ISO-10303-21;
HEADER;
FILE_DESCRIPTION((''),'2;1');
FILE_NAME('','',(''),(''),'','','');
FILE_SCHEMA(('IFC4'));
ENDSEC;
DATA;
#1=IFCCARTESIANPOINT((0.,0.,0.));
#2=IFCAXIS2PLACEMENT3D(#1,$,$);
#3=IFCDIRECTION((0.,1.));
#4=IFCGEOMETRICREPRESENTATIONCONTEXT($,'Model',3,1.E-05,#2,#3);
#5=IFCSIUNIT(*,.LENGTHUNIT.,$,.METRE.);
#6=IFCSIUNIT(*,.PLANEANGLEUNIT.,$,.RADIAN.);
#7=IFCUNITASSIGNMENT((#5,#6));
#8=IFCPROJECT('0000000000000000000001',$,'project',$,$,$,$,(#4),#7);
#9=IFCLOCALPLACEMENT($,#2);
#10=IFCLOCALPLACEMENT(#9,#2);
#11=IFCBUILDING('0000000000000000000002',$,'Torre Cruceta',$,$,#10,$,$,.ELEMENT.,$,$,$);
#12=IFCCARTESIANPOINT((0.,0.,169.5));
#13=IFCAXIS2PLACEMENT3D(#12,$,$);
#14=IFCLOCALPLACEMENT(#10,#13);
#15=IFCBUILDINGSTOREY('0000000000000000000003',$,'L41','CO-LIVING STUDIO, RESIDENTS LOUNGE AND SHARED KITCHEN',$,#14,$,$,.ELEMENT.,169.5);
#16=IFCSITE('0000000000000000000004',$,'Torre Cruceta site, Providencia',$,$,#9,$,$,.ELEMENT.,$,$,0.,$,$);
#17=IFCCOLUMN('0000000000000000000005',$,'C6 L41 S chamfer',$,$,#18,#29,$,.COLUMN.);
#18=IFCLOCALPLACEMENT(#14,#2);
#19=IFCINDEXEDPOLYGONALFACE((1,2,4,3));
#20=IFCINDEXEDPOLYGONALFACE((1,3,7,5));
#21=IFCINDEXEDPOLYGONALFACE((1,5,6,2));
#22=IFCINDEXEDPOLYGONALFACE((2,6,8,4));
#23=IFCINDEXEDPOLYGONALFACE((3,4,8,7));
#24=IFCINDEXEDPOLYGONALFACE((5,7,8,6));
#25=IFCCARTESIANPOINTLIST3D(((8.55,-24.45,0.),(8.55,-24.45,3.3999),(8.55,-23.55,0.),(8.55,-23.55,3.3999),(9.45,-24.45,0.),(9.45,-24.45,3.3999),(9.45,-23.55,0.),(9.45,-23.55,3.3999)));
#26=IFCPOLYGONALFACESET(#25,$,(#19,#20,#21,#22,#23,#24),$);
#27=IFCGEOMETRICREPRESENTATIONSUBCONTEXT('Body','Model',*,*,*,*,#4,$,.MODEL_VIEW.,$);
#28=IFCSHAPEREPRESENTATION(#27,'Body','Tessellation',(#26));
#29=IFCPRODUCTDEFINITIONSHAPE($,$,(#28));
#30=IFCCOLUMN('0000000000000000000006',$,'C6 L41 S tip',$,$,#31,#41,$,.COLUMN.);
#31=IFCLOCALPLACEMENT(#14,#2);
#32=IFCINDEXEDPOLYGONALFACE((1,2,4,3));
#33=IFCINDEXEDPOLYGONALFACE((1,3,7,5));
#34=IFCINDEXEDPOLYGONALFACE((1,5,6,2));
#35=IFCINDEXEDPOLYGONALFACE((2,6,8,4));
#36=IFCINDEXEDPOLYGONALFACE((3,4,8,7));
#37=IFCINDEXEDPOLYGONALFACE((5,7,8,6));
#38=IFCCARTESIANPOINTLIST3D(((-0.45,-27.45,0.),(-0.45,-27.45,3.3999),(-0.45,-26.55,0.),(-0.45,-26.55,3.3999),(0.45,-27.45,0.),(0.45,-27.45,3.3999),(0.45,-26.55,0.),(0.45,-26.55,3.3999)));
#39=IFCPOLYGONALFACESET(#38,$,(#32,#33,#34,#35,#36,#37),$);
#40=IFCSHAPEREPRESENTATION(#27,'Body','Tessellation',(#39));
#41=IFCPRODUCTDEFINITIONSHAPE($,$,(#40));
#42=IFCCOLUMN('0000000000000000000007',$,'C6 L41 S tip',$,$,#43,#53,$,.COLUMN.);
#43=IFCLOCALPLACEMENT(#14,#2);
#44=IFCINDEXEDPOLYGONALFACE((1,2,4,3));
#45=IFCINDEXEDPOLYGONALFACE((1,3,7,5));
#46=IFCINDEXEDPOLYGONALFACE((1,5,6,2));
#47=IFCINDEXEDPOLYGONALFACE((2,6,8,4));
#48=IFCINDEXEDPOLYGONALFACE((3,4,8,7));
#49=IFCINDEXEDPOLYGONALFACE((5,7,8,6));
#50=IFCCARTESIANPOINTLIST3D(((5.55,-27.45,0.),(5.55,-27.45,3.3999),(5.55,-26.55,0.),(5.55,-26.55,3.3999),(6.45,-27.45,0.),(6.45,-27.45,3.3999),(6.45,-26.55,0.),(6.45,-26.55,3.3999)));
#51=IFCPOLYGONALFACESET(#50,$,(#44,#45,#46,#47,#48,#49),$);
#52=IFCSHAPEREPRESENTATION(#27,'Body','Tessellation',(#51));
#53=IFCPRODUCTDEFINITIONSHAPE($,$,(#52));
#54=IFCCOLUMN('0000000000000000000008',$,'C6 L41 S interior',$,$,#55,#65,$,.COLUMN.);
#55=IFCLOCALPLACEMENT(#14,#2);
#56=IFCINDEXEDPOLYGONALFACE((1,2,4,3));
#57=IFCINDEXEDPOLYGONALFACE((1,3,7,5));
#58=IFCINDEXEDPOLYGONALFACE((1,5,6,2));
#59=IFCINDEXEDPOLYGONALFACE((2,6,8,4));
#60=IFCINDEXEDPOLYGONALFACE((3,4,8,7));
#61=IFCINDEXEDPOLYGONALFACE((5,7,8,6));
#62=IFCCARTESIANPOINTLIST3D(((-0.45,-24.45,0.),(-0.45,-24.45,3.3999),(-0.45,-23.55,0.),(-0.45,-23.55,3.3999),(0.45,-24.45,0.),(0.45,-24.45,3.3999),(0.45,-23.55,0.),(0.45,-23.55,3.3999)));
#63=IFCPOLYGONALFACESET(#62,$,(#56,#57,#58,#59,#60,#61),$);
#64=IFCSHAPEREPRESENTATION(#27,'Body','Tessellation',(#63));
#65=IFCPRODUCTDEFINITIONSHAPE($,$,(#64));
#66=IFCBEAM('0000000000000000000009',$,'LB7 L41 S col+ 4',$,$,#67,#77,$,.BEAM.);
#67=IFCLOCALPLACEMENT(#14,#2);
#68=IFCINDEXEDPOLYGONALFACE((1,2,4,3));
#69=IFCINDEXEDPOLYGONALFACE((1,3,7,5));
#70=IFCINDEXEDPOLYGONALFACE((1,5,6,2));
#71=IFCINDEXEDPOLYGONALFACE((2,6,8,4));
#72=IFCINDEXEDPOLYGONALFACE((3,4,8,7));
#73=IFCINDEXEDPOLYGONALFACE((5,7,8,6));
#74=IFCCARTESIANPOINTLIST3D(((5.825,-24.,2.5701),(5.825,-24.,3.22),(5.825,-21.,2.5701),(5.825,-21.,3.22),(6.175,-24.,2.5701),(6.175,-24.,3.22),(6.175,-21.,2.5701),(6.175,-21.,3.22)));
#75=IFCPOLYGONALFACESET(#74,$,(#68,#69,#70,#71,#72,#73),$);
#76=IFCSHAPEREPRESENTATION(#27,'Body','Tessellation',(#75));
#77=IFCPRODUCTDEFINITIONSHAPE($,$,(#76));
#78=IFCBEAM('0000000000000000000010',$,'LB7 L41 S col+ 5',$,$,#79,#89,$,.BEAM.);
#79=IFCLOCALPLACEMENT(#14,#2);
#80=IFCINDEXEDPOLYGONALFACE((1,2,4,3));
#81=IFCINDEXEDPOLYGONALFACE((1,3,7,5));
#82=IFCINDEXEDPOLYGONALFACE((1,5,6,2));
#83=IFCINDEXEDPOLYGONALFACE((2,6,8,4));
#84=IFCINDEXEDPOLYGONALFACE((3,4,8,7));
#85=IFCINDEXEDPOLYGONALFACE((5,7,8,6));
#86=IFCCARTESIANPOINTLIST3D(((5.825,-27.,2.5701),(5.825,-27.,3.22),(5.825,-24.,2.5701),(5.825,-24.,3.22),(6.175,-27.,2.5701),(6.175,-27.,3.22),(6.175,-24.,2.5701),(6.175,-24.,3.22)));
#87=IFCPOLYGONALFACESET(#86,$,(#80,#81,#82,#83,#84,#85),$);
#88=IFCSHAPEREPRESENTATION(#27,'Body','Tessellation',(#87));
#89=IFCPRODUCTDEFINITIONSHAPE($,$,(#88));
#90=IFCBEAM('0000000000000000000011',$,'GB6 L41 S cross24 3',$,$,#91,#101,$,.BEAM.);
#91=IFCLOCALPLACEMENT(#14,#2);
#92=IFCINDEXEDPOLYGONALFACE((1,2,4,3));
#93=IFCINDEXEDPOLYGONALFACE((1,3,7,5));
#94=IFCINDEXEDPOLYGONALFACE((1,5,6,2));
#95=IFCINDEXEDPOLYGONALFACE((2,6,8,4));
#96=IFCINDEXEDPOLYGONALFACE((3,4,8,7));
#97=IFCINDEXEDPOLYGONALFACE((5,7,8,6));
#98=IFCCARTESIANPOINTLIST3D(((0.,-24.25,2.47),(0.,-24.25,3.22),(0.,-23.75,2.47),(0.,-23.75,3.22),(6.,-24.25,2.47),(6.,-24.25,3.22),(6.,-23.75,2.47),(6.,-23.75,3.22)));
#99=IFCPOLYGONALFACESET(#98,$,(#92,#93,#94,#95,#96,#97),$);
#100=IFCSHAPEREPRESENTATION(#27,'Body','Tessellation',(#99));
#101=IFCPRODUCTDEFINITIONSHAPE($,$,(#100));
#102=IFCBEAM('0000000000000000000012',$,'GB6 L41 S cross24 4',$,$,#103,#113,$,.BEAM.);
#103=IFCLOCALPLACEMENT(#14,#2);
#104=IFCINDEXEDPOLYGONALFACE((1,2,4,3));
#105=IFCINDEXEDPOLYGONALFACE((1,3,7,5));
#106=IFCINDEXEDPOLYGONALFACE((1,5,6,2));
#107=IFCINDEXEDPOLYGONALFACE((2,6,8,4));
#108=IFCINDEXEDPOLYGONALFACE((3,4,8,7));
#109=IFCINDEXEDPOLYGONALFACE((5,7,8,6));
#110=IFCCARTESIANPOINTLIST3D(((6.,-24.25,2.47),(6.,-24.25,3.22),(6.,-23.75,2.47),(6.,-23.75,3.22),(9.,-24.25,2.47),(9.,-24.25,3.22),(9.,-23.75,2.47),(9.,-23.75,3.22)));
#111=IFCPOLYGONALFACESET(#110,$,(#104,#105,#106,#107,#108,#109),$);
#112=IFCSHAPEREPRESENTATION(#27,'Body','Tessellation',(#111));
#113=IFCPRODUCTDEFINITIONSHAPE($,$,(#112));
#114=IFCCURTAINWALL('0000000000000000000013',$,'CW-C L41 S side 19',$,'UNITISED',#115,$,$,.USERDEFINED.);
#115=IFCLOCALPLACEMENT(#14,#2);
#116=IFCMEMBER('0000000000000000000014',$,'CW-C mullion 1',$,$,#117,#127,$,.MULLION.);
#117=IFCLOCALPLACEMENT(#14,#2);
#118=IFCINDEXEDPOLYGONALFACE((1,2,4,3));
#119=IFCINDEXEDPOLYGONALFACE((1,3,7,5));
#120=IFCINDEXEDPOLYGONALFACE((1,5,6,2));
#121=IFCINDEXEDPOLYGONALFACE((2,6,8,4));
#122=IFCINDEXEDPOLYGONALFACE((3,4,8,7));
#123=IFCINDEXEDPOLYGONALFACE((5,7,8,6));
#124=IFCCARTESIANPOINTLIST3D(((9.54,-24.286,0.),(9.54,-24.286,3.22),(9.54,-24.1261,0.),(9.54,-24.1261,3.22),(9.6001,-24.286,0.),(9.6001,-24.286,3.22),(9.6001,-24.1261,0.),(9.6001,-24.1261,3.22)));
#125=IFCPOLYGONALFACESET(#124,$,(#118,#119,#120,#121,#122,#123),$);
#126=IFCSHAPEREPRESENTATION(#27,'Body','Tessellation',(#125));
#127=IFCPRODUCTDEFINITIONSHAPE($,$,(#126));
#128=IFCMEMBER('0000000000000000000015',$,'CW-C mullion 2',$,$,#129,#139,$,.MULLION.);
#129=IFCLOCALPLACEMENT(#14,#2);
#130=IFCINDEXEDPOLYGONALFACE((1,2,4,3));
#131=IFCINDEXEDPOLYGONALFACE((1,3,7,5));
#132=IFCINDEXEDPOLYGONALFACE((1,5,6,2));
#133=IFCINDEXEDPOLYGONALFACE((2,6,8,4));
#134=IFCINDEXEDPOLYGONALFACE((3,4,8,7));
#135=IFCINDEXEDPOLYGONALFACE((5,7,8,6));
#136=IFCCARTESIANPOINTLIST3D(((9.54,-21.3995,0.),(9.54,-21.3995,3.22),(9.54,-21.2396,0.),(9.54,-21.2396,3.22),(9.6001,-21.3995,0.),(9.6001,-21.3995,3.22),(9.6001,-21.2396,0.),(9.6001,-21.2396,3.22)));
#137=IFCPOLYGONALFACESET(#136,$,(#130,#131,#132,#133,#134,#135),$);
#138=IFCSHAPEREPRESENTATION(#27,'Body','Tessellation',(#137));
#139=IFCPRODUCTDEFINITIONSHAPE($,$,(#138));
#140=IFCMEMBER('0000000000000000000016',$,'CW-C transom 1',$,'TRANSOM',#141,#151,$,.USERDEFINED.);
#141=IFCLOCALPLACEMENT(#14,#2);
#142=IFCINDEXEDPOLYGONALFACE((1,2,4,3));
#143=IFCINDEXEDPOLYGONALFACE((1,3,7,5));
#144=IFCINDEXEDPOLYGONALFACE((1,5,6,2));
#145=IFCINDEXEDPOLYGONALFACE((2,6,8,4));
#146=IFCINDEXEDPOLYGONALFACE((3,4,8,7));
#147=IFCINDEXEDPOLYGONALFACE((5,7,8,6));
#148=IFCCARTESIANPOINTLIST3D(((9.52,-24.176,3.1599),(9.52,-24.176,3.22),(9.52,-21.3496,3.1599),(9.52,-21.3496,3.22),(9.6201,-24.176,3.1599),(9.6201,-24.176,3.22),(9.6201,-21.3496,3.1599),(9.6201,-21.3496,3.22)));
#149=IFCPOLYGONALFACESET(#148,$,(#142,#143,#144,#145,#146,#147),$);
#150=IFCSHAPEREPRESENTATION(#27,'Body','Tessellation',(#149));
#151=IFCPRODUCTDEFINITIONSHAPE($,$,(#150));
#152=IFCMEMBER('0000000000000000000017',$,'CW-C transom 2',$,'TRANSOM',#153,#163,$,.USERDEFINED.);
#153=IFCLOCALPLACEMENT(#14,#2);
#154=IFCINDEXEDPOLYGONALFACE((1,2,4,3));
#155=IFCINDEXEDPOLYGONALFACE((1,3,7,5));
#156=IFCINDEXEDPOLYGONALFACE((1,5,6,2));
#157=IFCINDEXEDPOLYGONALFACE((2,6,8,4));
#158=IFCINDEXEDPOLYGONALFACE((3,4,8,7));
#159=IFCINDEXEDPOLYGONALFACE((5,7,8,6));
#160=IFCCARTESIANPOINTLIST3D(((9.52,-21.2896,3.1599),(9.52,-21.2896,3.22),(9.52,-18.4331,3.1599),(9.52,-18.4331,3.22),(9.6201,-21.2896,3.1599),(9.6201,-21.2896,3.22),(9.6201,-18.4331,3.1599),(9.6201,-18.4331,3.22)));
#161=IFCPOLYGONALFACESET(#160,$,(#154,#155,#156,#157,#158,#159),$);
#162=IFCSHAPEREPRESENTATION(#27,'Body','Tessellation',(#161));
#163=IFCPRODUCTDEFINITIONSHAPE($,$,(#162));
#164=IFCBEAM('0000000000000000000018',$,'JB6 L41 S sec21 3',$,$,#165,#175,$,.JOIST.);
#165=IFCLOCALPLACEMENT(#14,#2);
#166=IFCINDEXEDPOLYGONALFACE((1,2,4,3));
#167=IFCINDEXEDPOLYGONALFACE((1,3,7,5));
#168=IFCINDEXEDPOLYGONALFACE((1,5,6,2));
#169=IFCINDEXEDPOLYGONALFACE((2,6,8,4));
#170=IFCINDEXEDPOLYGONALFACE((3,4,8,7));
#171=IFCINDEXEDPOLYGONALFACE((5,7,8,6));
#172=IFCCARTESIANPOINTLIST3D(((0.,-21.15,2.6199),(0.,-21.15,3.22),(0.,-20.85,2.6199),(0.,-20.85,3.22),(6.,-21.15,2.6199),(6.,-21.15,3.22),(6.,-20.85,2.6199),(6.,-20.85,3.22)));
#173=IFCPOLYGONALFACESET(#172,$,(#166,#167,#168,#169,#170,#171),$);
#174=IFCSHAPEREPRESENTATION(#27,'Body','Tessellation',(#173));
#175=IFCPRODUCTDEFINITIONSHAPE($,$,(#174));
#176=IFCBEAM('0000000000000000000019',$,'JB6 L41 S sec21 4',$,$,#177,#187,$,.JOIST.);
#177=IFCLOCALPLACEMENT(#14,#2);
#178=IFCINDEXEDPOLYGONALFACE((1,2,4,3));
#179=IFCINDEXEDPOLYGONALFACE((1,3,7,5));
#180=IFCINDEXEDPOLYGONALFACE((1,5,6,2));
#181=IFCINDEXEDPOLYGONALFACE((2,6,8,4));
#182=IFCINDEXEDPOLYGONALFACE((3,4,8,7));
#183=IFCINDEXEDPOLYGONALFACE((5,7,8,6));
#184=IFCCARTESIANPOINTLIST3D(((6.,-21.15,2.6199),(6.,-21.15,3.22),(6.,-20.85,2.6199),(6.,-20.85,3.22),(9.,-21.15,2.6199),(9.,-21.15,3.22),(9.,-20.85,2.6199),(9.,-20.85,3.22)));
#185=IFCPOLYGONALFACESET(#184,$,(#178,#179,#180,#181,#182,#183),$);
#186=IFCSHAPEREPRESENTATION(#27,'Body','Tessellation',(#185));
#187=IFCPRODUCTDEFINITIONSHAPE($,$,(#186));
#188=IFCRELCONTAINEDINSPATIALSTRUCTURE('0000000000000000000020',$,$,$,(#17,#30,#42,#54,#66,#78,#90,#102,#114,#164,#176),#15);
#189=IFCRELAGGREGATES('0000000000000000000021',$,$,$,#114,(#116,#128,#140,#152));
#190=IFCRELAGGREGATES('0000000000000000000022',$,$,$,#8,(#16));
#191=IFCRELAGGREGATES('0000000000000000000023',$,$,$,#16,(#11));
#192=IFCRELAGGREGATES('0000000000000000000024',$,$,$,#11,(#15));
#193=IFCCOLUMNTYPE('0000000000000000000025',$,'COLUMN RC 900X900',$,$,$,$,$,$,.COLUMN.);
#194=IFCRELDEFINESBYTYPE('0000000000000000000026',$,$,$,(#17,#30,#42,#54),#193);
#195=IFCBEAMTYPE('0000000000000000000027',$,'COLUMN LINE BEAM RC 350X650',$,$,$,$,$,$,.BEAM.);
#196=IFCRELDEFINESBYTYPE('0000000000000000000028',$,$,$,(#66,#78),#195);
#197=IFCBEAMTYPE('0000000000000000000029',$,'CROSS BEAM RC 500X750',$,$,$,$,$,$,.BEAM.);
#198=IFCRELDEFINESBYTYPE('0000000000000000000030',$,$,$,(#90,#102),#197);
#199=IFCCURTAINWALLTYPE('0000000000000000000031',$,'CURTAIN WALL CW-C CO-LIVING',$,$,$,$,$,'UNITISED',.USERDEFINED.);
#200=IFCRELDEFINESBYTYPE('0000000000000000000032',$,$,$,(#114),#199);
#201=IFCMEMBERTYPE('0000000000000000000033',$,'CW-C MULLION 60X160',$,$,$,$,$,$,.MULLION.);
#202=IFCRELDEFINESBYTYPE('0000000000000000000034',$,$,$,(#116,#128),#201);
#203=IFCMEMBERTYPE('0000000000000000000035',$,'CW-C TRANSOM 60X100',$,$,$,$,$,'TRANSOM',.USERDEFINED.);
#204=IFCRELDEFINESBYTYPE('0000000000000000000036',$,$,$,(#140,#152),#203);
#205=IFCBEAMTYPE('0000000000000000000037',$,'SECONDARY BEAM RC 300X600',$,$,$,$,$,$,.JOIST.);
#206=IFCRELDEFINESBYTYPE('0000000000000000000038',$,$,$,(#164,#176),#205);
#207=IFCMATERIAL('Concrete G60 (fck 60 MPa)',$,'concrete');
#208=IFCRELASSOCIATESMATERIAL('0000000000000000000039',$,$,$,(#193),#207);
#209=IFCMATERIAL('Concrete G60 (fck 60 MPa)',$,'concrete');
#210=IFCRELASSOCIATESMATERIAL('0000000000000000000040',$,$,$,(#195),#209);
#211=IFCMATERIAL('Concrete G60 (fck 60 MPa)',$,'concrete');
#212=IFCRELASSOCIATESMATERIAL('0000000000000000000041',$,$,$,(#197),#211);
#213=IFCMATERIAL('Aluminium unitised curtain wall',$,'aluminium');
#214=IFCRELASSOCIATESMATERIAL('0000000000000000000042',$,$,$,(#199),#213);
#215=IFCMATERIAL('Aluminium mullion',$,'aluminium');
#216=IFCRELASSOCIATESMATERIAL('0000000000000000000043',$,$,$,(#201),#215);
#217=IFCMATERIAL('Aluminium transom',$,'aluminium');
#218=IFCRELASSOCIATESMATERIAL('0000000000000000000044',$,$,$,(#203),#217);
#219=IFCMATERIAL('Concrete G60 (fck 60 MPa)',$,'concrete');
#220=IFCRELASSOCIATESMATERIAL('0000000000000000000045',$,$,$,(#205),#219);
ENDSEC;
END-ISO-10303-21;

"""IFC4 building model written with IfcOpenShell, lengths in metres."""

from ifc_helpers import new_model, si_unit, direction, frame, origin, origin_2d, place, context, subcontext, project, spatial, rectangle, extrude, material, material_profile, profile_set, type_object, element, aggregate, save


model = new_model("IFC4")

# Units and contexts
model_context = context("Model", 3, precision=1e-05, world=origin(), true_north=direction((0.0, 1.0)))
body_context = subcontext(model_context, "Body", "Model", "MODEL_VIEW")
ifc_project = project(units=[si_unit("LENGTHUNIT", "METRE"), si_unit("PLANEANGLEUNIT", "RADIAN")], contexts=[model_context])

# Site, building, storey
site_placement = place(None, origin())
site = spatial("IfcSite", under=ifc_project, at=site_placement, Name="Torre Cruceta site, Providencia", CompositionType="ELEMENT", RefElevation=0.0)
building_placement = place(site_placement, origin())
building = spatial("IfcBuilding", under=site, at=building_placement, Name="Torre Cruceta", CompositionType="ELEMENT")
storey_placement = place(building_placement, frame((0.0, 0.0, 169.5)))
storey = spatial("IfcBuildingStorey", under=building, at=storey_placement, Name="L41", Description="CO-LIVING STUDIO, RESIDENTS LOUNGE AND SHARED KITCHEN", CompositionType="ELEMENT", Elevation=169.5)

# Columns
ifc_material_1 = material(Name="Concrete G60 (fck 60 MPa)", Category="concrete")
ifc_material_profile_1 = material_profile(ifc_material_1, rectangle(XDim=0.8999, YDim=0.8999, at=origin_2d()), Name="RC 900X900")
ifc_profile_set_1 = profile_set([ifc_material_profile_1], Name="Concrete G60 (fck 60 MPa)")
column_type = type_object("IfcColumnType", Name="COLUMN RC 900X900", PredefinedType="COLUMN", material=ifc_profile_set_1)
for number, where, z_axis, x_axis, name in (
    (1, (9.0, -24.0, 0.0), (0.0, 0.0, 1.0), (1.0, 0.0, 0.0), "C6 L41 S chamfer"),
    (2, (0.0, -27.0, 0.0), (0.0, 0.0, 1.0), (1.0, 0.0, 0.0), "C6 L41 S tip"),
    (3, (6.0, -27.0, 0.0), (0.0, 0.0, 1.0), (1.0, 0.0, 0.0), "C6 L41 S tip"),
    (4, (0.0, -24.0, 0.0), (0.0, 0.0, 1.0), (1.0, 0.0, 0.0), "C6 L41 S interior"),
):
    element("IfcColumn", number, at=place(storey_placement, frame(where, z_axis=z_axis, x_axis=x_axis)), inside=storey, type_object=column_type, Name=name, PredefinedType="COLUMN", context=body_context, shape_type="SweptSolid", body=[
        extrude(rectangle(XDim=0.8999, YDim=0.8999, at=origin_2d()), origin(), (0.0, 0.0, 1.0), 3.3999),
    ])

# Beams
ifc_material_2 = material(Name="Concrete G60 (fck 60 MPa)", Category="concrete")
ifc_material_profile_2 = material_profile(ifc_material_2, rectangle(XDim=0.3501, YDim=0.6499, at=origin_2d()), Name="RC 350X650")
ifc_profile_set_2 = profile_set([ifc_material_profile_2], Name="Concrete G60 (fck 60 MPa)")
beam_type_1 = type_object("IfcBeamType", Name="COLUMN LINE BEAM RC 350X650", PredefinedType="BEAM", material=ifc_profile_set_2)
for number, where, z_axis, x_axis, name in (
    (5, (6.0, -21.0, 2.895), (0.0, -1.0, 0.0), (1.0, 0.0, 0.0), "LB7 L41 S col+ 4"),
    (6, (6.0, -24.0, 2.895), (0.0, -1.0, 0.0), (1.0, 0.0, 0.0), "LB7 L41 S col+ 5"),
):
    element("IfcBeam", number, at=place(storey_placement, frame(where, z_axis=z_axis, x_axis=x_axis)), inside=storey, type_object=beam_type_1, Name=name, PredefinedType="BEAM", context=body_context, shape_type="SweptSolid", body=[
        extrude(rectangle(XDim=0.3501, YDim=0.6499, at=origin_2d()), origin(), (0.0, 0.0, 1.0), 3.0),
    ])
ifc_material_3 = material(Name="Concrete G60 (fck 60 MPa)", Category="concrete")
ifc_material_profile_3 = material_profile(ifc_material_3, rectangle(XDim=0.5, YDim=0.75, at=origin_2d()), Name="RC 500X750")
ifc_profile_set_3 = profile_set([ifc_material_profile_3], Name="Concrete G60 (fck 60 MPa)")
beam_type_2 = type_object("IfcBeamType", Name="CROSS BEAM RC 500X750", PredefinedType="BEAM", material=ifc_profile_set_3)
beam_1_placement = place(storey_placement, frame((0.0, -24.0, 2.845), z_axis=(1.0, 0.0, 0.0), x_axis=(0.0, 1.0, 0.0)))
element("IfcBeam", 7, at=beam_1_placement, inside=storey, type_object=beam_type_2, Name="GB6 L41 S cross24 3", PredefinedType="BEAM", context=body_context, shape_type="SweptSolid", body=[
    extrude(rectangle(XDim=0.5, YDim=0.75, at=origin_2d()), origin(), (0.0, 0.0, 1.0), 6.0),
])
beam_2_placement = place(storey_placement, frame((6.0, -24.0, 2.845), z_axis=(1.0, 0.0, 0.0), x_axis=(0.0, 1.0, 0.0)))
element("IfcBeam", 8, at=beam_2_placement, inside=storey, type_object=beam_type_2, Name="GB6 L41 S cross24 4", PredefinedType="BEAM", context=body_context, shape_type="SweptSolid", body=[
    extrude(rectangle(XDim=0.5, YDim=0.75, at=origin_2d()), origin(), (0.0, 0.0, 1.0), 3.0),
])

# Curtain wall, members
ifc_material_4 = material(Name="Aluminium unitised curtain wall", Category="aluminium")
curtain_wall_type = type_object("IfcCurtainWallType", Name="CURTAIN WALL CW-C CO-LIVING", ElementType="UNITISED", PredefinedType="USERDEFINED", material=ifc_material_4)
curtain_wall_placement = place(storey_placement, origin())
curtain_wall = element("IfcCurtainWall", 9, at=curtain_wall_placement, inside=storey, type_object=curtain_wall_type, Name="CW-C L41 S side 19", ObjectType="UNITISED", PredefinedType="USERDEFINED")
ifc_material_5 = material(Name="Aluminium mullion", Category="aluminium")
ifc_material_profile_4 = material_profile(ifc_material_5, rectangle(XDim=0.0601, YDim=0.1599, at=origin_2d()), Name="AL 60X160")
ifc_profile_set_4 = profile_set([ifc_material_profile_4], Name="Aluminium mullion")
member_type_1 = type_object("IfcMemberType", Name="CW-C MULLION 60X160", PredefinedType="MULLION", material=ifc_profile_set_4)
member_1_placement = place(storey_placement, frame((9.5701, -24.2061, 0.0), z_axis=(0.0, 0.0, 1.0), x_axis=(-1.0, 0.0, 0.0)))
member_1 = element("IfcMember", 10, at=member_1_placement, type_object=member_type_1, Name="CW-C mullion 1", PredefinedType="MULLION", context=body_context, shape_type="SweptSolid", body=[
    extrude(rectangle(XDim=0.0601, YDim=0.1599, at=origin_2d()), origin(), (0.0, 0.0, 1.0), 3.22),
])
member_2_placement = place(storey_placement, frame((9.5701, -21.3196, 0.0), z_axis=(0.0, 0.0, 1.0), x_axis=(-1.0, 0.0, 0.0)))
member_2 = element("IfcMember", 11, at=member_2_placement, type_object=member_type_1, Name="CW-C mullion 2", PredefinedType="MULLION", context=body_context, shape_type="SweptSolid", body=[
    extrude(rectangle(XDim=0.0601, YDim=0.1599, at=origin_2d()), origin(), (0.0, 0.0, 1.0), 3.22),
])
ifc_material_6 = material(Name="Aluminium transom", Category="aluminium")
ifc_material_profile_5 = material_profile(ifc_material_6, rectangle(XDim=0.1001, YDim=0.0601, at=origin_2d()), Name="AL 100X60")
ifc_profile_set_5 = profile_set([ifc_material_profile_5], Name="Aluminium transom")
member_type_2 = type_object("IfcMemberType", Name="CW-C TRANSOM 60X100", ElementType="TRANSOM", PredefinedType="USERDEFINED", material=ifc_profile_set_5)
member_3_placement = place(storey_placement, frame((9.5701, -24.176, 3.1899), z_axis=(0.0, 1.0, 0.0), x_axis=(-1.0, 0.0, 0.0)))
member_3 = element("IfcMember", 12, at=member_3_placement, type_object=member_type_2, Name="CW-C transom 1", ObjectType="TRANSOM", PredefinedType="USERDEFINED", context=body_context, shape_type="SweptSolid", body=[
    extrude(rectangle(XDim=0.1001, YDim=0.0601, at=origin_2d()), origin(), (0.0, 0.0, 1.0), 2.8264),
])
member_4_placement = place(storey_placement, frame((9.5701, -21.2896, 3.1899), z_axis=(0.0, 1.0, 0.0), x_axis=(-1.0, 0.0, 0.0)))
member_4 = element("IfcMember", 13, at=member_4_placement, type_object=member_type_2, Name="CW-C transom 2", ObjectType="TRANSOM", PredefinedType="USERDEFINED", context=body_context, shape_type="SweptSolid", body=[
    extrude(rectangle(XDim=0.1001, YDim=0.0601, at=origin_2d()), origin(), (0.0, 0.0, 1.0), 2.8564),
])

# Beams
ifc_material_7 = material(Name="Concrete G60 (fck 60 MPa)", Category="concrete")
ifc_material_profile_6 = material_profile(ifc_material_7, rectangle(XDim=0.3, YDim=0.6001, at=origin_2d()), Name="RC 300X600")
ifc_profile_set_6 = profile_set([ifc_material_profile_6], Name="Concrete G60 (fck 60 MPa)")
beam_type_3 = type_object("IfcBeamType", Name="SECONDARY BEAM RC 300X600", PredefinedType="JOIST", material=ifc_profile_set_6)
beam_3_placement = place(storey_placement, frame((0.0, -21.0, 2.9199), z_axis=(1.0, 0.0, 0.0), x_axis=(0.0, 1.0, 0.0)))
element("IfcBeam", 14, at=beam_3_placement, inside=storey, type_object=beam_type_3, Name="JB6 L41 S sec21 3", PredefinedType="JOIST", context=body_context, shape_type="SweptSolid", body=[
    extrude(rectangle(XDim=0.3, YDim=0.6001, at=origin_2d()), origin(), (0.0, 0.0, 1.0), 6.0),
])
beam_4_placement = place(storey_placement, frame((6.0, -21.0, 2.9199), z_axis=(1.0, 0.0, 0.0), x_axis=(0.0, 1.0, 0.0)))
element("IfcBeam", 15, at=beam_4_placement, inside=storey, type_object=beam_type_3, Name="JB6 L41 S sec21 4", PredefinedType="JOIST", context=body_context, shape_type="SweptSolid", body=[
    extrude(rectangle(XDim=0.3, YDim=0.6001, at=origin_2d()), origin(), (0.0, 0.0, 1.0), 3.0),
])

aggregate(curtain_wall, [member_1, member_2, member_3, member_4])

save(model, "model.ifc")
